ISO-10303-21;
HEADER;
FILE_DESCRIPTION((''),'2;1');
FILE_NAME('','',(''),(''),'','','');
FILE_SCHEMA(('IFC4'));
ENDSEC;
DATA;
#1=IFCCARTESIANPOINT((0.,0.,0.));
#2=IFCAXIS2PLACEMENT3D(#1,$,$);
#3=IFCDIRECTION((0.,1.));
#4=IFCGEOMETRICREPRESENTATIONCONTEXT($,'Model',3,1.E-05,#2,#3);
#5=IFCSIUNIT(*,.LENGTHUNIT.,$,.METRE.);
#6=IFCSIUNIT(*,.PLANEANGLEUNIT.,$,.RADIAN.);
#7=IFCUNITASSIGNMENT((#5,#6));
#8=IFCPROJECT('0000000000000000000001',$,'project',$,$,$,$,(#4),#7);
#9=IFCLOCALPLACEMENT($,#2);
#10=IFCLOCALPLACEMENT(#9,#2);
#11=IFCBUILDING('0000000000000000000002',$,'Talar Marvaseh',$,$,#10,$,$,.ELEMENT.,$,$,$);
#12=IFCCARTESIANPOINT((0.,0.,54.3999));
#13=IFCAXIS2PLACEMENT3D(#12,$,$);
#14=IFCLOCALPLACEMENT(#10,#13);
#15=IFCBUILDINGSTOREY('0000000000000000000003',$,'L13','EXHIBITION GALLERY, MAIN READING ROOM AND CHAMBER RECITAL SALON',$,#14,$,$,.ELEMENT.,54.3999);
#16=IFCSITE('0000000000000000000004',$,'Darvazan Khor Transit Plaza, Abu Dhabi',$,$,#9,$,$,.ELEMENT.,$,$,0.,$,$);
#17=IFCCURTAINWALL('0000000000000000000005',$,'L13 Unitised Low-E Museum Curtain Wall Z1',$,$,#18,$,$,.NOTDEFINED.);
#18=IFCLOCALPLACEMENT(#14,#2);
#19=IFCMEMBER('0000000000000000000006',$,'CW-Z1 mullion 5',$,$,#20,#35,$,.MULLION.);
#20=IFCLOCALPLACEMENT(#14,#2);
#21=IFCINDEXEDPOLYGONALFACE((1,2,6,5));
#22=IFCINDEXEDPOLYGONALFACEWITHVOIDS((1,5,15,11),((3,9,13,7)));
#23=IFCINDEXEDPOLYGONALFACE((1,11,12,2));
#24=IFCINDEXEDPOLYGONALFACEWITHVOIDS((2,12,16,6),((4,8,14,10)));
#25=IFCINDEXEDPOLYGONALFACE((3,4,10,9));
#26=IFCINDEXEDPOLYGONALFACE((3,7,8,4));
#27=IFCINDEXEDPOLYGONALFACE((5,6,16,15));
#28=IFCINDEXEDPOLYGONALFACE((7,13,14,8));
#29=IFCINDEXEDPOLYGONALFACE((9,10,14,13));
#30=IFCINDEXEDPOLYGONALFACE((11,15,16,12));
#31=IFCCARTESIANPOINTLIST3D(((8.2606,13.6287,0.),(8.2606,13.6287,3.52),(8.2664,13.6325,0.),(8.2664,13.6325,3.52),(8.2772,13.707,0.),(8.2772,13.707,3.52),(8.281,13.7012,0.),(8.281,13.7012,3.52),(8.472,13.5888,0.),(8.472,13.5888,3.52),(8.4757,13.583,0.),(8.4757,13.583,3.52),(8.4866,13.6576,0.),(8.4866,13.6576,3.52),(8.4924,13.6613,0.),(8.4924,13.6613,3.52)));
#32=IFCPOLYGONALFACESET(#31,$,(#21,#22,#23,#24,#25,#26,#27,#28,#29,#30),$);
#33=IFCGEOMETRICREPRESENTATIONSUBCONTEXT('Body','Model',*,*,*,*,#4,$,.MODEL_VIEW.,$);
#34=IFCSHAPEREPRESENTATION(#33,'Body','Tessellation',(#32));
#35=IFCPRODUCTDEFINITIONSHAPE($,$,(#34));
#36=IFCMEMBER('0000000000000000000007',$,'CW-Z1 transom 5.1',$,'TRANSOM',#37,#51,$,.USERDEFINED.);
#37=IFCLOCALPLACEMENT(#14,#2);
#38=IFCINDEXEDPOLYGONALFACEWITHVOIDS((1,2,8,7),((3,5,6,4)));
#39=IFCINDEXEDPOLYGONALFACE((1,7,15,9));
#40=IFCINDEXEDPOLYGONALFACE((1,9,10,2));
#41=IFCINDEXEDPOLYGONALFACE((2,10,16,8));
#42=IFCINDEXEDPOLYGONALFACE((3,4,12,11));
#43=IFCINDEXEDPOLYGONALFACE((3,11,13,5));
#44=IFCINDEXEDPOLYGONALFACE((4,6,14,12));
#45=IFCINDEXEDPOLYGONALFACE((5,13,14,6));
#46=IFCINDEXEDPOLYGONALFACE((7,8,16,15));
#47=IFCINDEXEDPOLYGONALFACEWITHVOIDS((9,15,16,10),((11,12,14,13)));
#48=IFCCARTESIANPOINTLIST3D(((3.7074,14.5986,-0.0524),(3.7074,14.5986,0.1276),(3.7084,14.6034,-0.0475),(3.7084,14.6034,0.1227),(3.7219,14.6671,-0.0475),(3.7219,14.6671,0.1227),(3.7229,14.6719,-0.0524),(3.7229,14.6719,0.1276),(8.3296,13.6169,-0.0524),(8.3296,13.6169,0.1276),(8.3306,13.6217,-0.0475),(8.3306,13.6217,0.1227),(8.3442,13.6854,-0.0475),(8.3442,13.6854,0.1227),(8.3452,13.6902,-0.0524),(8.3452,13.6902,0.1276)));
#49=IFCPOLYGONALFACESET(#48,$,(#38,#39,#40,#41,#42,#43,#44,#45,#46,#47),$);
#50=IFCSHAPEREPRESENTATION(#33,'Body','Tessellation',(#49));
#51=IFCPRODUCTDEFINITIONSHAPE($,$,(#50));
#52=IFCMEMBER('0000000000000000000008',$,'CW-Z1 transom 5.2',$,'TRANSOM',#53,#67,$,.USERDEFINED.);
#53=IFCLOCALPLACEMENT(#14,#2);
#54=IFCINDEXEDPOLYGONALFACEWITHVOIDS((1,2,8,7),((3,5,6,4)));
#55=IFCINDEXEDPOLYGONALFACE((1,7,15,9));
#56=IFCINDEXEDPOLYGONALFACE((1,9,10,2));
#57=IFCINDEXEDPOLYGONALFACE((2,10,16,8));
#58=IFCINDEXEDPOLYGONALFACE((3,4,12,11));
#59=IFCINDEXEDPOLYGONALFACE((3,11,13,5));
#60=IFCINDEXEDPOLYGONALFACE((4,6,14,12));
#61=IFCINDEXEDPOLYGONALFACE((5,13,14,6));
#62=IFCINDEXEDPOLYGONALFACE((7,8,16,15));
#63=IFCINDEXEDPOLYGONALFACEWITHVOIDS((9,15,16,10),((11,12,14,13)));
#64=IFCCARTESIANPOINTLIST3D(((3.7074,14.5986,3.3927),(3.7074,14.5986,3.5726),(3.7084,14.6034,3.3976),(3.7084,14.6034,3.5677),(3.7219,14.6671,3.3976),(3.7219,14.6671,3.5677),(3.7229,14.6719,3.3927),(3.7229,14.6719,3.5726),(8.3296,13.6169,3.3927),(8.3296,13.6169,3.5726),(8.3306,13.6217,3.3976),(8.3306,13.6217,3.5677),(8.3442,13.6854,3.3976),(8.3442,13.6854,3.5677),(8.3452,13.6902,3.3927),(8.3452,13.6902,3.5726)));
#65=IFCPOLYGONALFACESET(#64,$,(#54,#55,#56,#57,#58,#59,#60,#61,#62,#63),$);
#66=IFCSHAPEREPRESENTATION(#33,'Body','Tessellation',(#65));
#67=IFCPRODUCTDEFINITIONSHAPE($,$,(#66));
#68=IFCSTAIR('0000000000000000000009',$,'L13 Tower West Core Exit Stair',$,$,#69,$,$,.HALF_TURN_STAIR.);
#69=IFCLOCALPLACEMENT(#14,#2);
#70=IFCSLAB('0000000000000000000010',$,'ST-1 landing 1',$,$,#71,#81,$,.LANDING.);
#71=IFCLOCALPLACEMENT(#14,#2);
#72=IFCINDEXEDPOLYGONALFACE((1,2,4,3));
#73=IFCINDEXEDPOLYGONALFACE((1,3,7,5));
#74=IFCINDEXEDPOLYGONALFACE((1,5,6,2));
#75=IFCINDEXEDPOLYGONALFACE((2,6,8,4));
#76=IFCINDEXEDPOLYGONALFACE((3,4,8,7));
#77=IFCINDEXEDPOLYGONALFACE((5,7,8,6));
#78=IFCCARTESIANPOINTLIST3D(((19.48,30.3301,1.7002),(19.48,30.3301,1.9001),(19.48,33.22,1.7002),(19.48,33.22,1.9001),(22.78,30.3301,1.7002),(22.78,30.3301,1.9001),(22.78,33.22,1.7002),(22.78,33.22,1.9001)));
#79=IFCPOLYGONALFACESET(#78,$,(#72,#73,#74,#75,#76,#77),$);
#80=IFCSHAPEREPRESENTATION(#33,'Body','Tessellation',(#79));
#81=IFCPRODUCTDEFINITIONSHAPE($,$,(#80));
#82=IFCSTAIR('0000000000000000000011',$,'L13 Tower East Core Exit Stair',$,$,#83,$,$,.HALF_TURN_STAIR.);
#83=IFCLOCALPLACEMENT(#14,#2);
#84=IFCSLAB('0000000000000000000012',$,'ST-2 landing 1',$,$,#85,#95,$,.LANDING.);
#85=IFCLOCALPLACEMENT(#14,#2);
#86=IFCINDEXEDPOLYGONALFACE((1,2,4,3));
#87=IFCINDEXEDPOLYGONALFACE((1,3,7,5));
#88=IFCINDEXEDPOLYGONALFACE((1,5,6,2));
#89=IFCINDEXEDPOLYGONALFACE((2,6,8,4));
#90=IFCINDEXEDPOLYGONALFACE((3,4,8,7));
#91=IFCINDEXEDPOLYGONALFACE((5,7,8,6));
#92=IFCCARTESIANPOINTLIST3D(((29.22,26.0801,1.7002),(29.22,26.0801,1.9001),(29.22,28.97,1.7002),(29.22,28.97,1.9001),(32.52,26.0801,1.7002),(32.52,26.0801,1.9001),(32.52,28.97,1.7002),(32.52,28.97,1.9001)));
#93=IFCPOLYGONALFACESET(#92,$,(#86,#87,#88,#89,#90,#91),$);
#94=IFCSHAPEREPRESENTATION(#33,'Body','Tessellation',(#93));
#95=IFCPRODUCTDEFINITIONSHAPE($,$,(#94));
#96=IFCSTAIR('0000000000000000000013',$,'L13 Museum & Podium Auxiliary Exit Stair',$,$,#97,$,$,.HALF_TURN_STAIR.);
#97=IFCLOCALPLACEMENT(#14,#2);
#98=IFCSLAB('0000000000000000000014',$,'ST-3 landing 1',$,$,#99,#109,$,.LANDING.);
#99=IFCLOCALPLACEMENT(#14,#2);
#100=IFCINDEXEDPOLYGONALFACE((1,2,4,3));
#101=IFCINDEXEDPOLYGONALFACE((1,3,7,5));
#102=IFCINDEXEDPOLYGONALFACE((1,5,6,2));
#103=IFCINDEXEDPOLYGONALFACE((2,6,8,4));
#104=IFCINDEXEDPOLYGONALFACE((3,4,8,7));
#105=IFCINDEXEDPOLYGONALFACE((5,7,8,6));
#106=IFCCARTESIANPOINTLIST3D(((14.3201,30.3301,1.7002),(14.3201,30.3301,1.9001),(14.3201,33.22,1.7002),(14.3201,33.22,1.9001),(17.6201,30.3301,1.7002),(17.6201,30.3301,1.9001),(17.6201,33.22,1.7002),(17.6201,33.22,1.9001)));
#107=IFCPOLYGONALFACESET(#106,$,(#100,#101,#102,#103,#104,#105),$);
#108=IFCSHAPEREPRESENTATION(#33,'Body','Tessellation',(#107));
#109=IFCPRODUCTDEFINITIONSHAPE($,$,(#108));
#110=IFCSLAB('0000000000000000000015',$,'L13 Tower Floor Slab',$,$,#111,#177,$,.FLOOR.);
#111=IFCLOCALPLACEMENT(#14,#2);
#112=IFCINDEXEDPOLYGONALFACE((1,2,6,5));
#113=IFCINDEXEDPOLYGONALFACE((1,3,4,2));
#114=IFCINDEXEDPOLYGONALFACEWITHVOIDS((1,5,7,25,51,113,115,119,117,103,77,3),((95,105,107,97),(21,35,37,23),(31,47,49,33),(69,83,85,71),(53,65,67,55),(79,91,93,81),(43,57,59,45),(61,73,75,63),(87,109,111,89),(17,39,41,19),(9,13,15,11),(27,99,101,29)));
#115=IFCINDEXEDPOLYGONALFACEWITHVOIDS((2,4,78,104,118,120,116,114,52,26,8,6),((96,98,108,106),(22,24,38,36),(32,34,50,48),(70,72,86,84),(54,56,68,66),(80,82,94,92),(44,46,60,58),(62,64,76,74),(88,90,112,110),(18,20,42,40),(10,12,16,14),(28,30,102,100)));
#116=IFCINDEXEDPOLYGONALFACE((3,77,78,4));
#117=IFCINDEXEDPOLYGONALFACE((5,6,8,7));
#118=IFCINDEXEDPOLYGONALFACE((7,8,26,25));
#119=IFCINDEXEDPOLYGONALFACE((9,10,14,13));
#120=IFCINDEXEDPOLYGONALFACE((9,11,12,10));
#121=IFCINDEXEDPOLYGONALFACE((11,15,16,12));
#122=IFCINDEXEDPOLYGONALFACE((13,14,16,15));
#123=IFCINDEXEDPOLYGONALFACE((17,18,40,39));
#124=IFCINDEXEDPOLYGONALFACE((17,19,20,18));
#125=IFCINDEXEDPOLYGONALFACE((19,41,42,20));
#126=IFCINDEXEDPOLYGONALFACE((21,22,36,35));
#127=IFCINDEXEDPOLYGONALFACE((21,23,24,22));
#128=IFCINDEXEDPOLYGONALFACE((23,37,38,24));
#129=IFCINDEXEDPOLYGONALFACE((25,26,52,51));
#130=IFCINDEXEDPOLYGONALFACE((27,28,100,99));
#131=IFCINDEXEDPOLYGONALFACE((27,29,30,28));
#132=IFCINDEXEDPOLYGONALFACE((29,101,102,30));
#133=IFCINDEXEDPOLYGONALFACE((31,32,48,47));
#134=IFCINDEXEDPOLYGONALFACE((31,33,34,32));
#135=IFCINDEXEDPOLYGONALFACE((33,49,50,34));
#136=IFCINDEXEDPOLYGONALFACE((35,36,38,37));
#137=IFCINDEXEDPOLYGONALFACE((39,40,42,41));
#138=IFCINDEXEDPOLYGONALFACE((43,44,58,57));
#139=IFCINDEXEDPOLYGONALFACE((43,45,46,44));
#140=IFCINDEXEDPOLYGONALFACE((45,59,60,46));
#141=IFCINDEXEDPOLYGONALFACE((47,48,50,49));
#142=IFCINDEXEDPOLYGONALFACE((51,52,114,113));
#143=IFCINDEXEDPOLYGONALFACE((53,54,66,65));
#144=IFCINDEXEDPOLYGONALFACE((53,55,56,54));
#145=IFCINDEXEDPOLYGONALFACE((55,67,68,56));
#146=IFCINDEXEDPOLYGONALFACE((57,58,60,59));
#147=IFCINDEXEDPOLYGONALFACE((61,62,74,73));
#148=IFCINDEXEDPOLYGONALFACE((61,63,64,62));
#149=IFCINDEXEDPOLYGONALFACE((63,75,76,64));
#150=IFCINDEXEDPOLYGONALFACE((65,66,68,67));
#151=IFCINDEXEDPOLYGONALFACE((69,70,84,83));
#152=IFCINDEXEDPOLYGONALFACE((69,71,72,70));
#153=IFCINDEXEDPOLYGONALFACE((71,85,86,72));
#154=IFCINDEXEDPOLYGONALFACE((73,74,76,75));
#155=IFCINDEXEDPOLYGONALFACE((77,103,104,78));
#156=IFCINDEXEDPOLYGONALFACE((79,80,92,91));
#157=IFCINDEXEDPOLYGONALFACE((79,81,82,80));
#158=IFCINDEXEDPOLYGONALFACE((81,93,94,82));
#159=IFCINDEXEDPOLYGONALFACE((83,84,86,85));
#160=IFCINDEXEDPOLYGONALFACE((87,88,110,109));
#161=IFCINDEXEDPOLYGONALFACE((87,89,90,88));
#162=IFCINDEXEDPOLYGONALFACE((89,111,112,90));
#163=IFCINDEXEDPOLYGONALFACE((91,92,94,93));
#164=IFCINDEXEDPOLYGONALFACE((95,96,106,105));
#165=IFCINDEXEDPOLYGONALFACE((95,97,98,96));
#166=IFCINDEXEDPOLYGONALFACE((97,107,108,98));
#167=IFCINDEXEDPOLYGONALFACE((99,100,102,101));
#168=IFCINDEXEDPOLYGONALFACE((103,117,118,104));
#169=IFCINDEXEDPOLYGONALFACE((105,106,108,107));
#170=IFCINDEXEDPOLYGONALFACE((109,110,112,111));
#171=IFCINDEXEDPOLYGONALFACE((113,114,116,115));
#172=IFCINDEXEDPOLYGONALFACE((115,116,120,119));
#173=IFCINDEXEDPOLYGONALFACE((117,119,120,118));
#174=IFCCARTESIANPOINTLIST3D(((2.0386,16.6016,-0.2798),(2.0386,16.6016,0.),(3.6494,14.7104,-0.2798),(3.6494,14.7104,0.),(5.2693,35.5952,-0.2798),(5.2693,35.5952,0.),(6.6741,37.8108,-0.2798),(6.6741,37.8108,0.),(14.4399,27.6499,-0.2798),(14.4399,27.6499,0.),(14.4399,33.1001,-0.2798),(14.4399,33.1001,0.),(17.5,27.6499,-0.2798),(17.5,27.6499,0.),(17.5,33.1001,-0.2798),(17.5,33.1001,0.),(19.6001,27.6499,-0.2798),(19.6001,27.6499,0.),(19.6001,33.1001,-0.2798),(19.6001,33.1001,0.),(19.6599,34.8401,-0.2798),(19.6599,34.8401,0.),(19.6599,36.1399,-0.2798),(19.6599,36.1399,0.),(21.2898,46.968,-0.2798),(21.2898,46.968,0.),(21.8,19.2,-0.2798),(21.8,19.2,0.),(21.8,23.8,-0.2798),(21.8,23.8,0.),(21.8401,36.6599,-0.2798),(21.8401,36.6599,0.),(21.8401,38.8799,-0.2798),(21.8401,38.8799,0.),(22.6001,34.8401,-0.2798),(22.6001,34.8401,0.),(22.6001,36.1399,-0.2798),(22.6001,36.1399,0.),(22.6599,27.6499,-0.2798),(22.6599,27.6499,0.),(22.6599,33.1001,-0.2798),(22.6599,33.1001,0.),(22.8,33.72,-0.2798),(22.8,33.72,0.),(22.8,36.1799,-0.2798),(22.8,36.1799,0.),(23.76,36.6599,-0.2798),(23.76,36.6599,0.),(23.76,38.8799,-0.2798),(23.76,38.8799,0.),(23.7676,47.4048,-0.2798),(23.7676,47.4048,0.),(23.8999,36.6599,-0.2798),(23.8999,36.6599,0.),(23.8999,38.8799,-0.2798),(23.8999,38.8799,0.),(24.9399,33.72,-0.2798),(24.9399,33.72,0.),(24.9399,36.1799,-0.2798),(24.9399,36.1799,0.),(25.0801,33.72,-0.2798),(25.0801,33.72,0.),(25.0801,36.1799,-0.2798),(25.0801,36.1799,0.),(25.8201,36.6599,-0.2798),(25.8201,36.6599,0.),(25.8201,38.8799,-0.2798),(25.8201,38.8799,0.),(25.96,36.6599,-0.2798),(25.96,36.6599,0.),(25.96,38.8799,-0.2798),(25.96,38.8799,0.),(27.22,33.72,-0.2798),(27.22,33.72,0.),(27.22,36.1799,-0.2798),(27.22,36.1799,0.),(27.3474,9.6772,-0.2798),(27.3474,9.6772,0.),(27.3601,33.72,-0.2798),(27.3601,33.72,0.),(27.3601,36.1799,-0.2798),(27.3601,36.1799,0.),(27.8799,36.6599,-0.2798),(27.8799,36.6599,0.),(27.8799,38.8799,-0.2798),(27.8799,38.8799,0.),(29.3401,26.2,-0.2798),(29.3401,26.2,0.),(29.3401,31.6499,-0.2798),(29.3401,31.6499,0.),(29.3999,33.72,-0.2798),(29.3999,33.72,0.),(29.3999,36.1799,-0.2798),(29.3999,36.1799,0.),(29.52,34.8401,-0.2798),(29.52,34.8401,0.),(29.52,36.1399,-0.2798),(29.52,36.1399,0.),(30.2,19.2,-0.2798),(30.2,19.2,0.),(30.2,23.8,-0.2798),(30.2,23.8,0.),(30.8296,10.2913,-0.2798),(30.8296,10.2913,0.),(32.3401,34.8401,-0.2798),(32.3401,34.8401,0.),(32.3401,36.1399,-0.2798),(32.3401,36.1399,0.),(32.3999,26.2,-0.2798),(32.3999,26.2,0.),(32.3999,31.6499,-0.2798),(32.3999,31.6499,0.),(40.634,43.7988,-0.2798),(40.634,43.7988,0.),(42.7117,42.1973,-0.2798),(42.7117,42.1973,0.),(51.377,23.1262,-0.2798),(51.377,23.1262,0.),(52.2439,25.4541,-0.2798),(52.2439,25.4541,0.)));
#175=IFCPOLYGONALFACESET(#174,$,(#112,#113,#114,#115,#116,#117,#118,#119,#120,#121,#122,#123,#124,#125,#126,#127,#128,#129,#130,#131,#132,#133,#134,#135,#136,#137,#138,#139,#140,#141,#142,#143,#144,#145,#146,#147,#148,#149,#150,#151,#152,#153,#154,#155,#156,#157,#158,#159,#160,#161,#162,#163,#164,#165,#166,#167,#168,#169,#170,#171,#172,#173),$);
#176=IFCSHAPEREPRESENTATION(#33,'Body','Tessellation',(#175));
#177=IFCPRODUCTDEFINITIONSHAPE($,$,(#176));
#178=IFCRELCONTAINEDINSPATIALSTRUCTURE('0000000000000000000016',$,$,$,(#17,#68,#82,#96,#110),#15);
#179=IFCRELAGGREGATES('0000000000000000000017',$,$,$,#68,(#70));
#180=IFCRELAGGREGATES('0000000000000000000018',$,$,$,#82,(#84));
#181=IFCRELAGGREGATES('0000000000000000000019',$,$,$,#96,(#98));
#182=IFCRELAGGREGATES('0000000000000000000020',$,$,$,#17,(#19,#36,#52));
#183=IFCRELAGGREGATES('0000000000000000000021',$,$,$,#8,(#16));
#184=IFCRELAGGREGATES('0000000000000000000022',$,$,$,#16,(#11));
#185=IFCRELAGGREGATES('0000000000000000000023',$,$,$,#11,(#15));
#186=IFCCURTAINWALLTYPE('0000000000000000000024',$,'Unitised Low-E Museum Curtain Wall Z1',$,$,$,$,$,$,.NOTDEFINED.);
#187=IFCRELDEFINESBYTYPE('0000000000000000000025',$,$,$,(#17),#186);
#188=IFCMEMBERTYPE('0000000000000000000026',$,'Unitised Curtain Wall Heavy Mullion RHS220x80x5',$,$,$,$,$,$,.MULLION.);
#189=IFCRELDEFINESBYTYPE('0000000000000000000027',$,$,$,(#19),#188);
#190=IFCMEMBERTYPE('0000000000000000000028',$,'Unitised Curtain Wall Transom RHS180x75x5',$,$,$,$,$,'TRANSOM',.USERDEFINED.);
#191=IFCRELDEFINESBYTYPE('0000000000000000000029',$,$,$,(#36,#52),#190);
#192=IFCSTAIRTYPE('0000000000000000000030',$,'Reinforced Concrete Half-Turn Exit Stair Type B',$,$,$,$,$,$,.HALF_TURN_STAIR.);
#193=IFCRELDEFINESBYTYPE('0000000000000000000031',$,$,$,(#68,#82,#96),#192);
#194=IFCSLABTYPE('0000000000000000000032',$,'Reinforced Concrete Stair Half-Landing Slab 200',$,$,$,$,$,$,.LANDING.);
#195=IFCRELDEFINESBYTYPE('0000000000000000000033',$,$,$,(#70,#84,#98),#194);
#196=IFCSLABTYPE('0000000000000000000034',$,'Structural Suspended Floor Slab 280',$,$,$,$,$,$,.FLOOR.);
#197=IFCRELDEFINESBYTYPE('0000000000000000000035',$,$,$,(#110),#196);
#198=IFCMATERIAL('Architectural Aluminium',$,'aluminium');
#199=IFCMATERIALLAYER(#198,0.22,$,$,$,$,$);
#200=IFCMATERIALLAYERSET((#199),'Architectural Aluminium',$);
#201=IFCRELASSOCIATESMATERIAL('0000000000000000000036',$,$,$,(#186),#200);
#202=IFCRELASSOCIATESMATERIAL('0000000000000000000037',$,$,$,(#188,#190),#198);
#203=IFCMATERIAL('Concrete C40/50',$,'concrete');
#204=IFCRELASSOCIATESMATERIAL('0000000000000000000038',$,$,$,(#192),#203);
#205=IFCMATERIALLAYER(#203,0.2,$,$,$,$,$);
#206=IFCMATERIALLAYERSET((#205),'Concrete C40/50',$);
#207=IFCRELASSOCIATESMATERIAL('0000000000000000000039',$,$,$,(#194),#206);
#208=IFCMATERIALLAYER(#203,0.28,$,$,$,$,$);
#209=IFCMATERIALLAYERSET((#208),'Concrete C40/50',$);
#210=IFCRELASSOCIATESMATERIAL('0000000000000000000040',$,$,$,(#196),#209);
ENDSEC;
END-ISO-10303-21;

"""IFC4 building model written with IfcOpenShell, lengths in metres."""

from ifc_helpers import new_model, si_unit, direction, frame, origin, origin_2d, place, context, subcontext, project, spatial, polyline, hollow_rectangle, outline, extrude, source, transform, mapped, material, layer, layer_set, material_profile, profile_set, type_object, type_shapes, element, aggregate, save


model = new_model("IFC4")

# Units and contexts
model_context = context("Model", 3, precision=1e-05, world=origin(), true_north=direction((0.0, 1.0)))
body_context = subcontext(model_context, "Body", "Model", "MODEL_VIEW")
ifc_project = project(units=[si_unit("LENGTHUNIT", "METRE"), si_unit("PLANEANGLEUNIT", "RADIAN")], contexts=[model_context])

# Site, building, storey
site_placement = place(None, origin())
site = spatial("IfcSite", under=ifc_project, at=site_placement, Name="Darvazan Khor Transit Plaza, Abu Dhabi", CompositionType="ELEMENT", RefElevation=0.0)
building_placement = place(site_placement, origin())
building = spatial("IfcBuilding", under=site, at=building_placement, Name="Talar Marvaseh", CompositionType="ELEMENT")
storey_placement = place(building_placement, frame((0.0, 0.0, 54.3999)))
storey = spatial("IfcBuildingStorey", under=building, at=storey_placement, Name="L13", Description="EXHIBITION GALLERY, MAIN READING ROOM AND CHAMBER RECITAL SALON", CompositionType="ELEMENT", Elevation=54.3999)

# Curtain wall, members
ifc_material_1 = material(Name="Architectural Aluminium", Category="aluminium")
ifc_layer_1 = layer(ifc_material_1, 0.22)
ifc_layer_set_1 = layer_set([ifc_layer_1], Name="Architectural Aluminium")
curtain_wall_type = type_object("IfcCurtainWallType", Name="Unitised Low-E Museum Curtain Wall Z1", PredefinedType="NOTDEFINED", material=ifc_layer_set_1)
curtain_wall_placement = place(storey_placement, origin())
curtain_wall = element("IfcCurtainWall", 1, at=curtain_wall_placement, inside=storey, type_object=curtain_wall_type, Name="L13 Unitised Low-E Museum Curtain Wall Z1", PredefinedType="NOTDEFINED")
ifc_material_profile_1 = material_profile(ifc_material_1, hollow_rectangle(XDim=0.0801, YDim=0.22, WallThickness=0.0049, at=origin_2d()), Name="RHS220x80x5")
ifc_profile_set_1 = profile_set([ifc_material_profile_1], Name="Architectural Aluminium")
member_type_1 = type_object("IfcMemberType", Name="Unitised Curtain Wall Heavy Mullion RHS220x80x5", PredefinedType="MULLION", material=ifc_profile_set_1)
shared_shape_1 = source(origin(), body_context, "Body", "SweptSolid", [
    extrude(hollow_rectangle(XDim=0.0801, YDim=0.22, WallThickness=0.0049, at=origin_2d()), origin(), (0.0, 0.0, 1.0), 3.52),
])
type_shapes(member_type_1, [shared_shape_1])
member_1_placement = place(storey_placement, frame((8.3765, 13.645, 0.0), z_axis=(0.0, 0.0, 1.0), x_axis=(-0.207758, -0.97818, 0.0)))
member_1 = element("IfcMember", 2, at=member_1_placement, type_object=member_type_1, Name="CW-Z1 mullion 5", PredefinedType="MULLION", context=body_context, shape_type="MappedRepresentation", body=[
    mapped(shared_shape_1, transform((0.0, 0.0, 0.0), x_axis=(1.0, 0.0, 0.0), y_axis=(0.0, 1.0, 0.0), z_axis=(0.0, 0.0, 1.0), scale=1.0)),
])
ifc_material_profile_2 = material_profile(ifc_material_1, hollow_rectangle(XDim=0.075, YDim=0.1799, WallThickness=0.0049, at=origin_2d()), Name="RHS180x75x5")
ifc_profile_set_2 = profile_set([ifc_material_profile_2], Name="Architectural Aluminium")
member_type_2 = type_object("IfcMemberType", Name="Unitised Curtain Wall Transom RHS180x75x5", ElementType="TRANSOM", PredefinedType="USERDEFINED", material=ifc_profile_set_2)
shared_shape_2 = source(origin(), body_context, "Body", "SweptSolid", [
    extrude(hollow_rectangle(XDim=0.075, YDim=0.1799, WallThickness=0.0049, at=origin_2d()), origin(), (0.0, 0.0, 1.0), 4.7253),
])
type_shapes(member_type_2, [shared_shape_2])
member_2_placement = place(storey_placement, frame((8.3374, 13.6536, 0.0376), z_axis=(-0.978183, 0.207747, 0.0), x_axis=(-0.207747, -0.978183, 0.0)))
member_2 = element("IfcMember", 3, at=member_2_placement, type_object=member_type_2, Name="CW-Z1 transom 5.1", ObjectType="TRANSOM", PredefinedType="USERDEFINED", context=body_context, shape_type="MappedRepresentation", body=[
    mapped(shared_shape_2, transform((0.0, 0.0, 0.0), x_axis=(1.0, 0.0, 0.0), y_axis=(0.0, 1.0, 0.0), z_axis=(0.0, 0.0, 1.0), scale=1.0)),
])
member_3_placement = place(storey_placement, frame((8.3374, 13.6536, 3.4827), z_axis=(-0.978183, 0.207747, 0.0), x_axis=(-0.207747, -0.978183, 0.0)))
member_3 = element("IfcMember", 4, at=member_3_placement, type_object=member_type_2, Name="CW-Z1 transom 5.2", ObjectType="TRANSOM", PredefinedType="USERDEFINED", context=body_context, shape_type="MappedRepresentation", body=[
    mapped(shared_shape_2, transform((0.0, 0.0, 0.0), x_axis=(1.0, 0.0, 0.0), y_axis=(0.0, 1.0, 0.0), z_axis=(0.0, 0.0, 1.0), scale=1.0)),
])

# Stairs, slabs
ifc_material_2 = material(Name="Concrete C40/50", Category="concrete")
stair_type = type_object("IfcStairType", Name="Reinforced Concrete Half-Turn Exit Stair Type B", PredefinedType="HALF_TURN_STAIR", material=ifc_material_2)
stair_1_placement = place(storey_placement, origin())
stair_1 = element("IfcStair", 5, at=stair_1_placement, inside=storey, type_object=stair_type, Name="L13 Tower West Core Exit Stair", PredefinedType="HALF_TURN_STAIR")
ifc_layer_2 = layer(ifc_material_2, 0.2)
ifc_layer_set_2 = layer_set([ifc_layer_2], Name="Concrete C40/50")
slab_type_1 = type_object("IfcSlabType", Name="Reinforced Concrete Stair Half-Landing Slab 200", PredefinedType="LANDING", material=ifc_layer_set_2)
slab_1_placement = place(storey_placement, frame((0.0, 0.0, 1.7002)))
slab_1 = element("IfcSlab", 6, at=slab_1_placement, type_object=slab_type_1, Name="ST-1 landing 1", PredefinedType="LANDING", context=body_context, shape_type="SweptSolid", body=[
    extrude(outline(polyline([(22.78, 30.3301), (22.78, 33.22), (19.48, 33.22), (19.48, 30.3301), (22.78, 30.3301)])), origin(), (0.0, 0.0, 1.0), 0.2),
])
aggregate(stair_1, [slab_1])
stair_2_placement = place(storey_placement, origin())
stair_2 = element("IfcStair", 7, at=stair_2_placement, inside=storey, type_object=stair_type, Name="L13 Tower East Core Exit Stair", PredefinedType="HALF_TURN_STAIR")
slab_2_placement = place(storey_placement, frame((0.0, 0.0, 1.7002)))
slab_2 = element("IfcSlab", 8, at=slab_2_placement, type_object=slab_type_1, Name="ST-2 landing 1", PredefinedType="LANDING", context=body_context, shape_type="SweptSolid", body=[
    extrude(outline(polyline([(29.22, 28.97), (29.22, 26.0801), (32.52, 26.0801), (32.52, 28.97), (29.22, 28.97)])), origin(), (0.0, 0.0, 1.0), 0.2),
])
aggregate(stair_2, [slab_2])
stair_3_placement = place(storey_placement, origin())
stair_3 = element("IfcStair", 9, at=stair_3_placement, inside=storey, type_object=stair_type, Name="L13 Museum & Podium Auxiliary Exit Stair", PredefinedType="HALF_TURN_STAIR")
slab_3_placement = place(storey_placement, frame((0.0, 0.0, 1.7002)))
slab_3 = element("IfcSlab", 10, at=slab_3_placement, type_object=slab_type_1, Name="ST-3 landing 1", PredefinedType="LANDING", context=body_context, shape_type="SweptSolid", body=[
    extrude(outline(polyline([(17.6201, 30.3301), (17.6201, 33.22), (14.3201, 33.22), (14.3201, 30.3301), (17.6201, 30.3301)])), origin(), (0.0, 0.0, 1.0), 0.2),
])
aggregate(stair_3, [slab_3])

# Slab
ifc_layer_3 = layer(ifc_material_2, 0.28)
ifc_layer_set_3 = layer_set([ifc_layer_3], Name="Concrete C40/50")
slab_type_2 = type_object("IfcSlabType", Name="Structural Suspended Floor Slab 280", PredefinedType="FLOOR", material=ifc_layer_set_3)
slab_4_placement = place(storey_placement, frame((0.0, 0.0, -0.2798)))
element("IfcSlab", 11, at=slab_4_placement, inside=storey, type_object=slab_type_2, Name="L13 Tower Floor Slab", PredefinedType="FLOOR", context=body_context, shape_type="SweptSolid", body=[
    extrude(outline(polyline([(3.6494, 14.7104), (2.0386, 16.6016), (5.2693, 35.5952), (6.6741, 37.8108), (21.2898, 46.968), (23.7676, 47.4048), (40.634, 43.7988), (42.7117, 42.1973), (52.2439, 25.4541), (51.377, 23.1262), (30.8296, 10.2913), (27.3474, 9.6772), (3.6494, 14.7104)]), holes=[polyline([(22.6599, 27.6499), (22.6599, 33.1001), (19.6001, 33.1001), (19.6001, 27.6499), (22.6599, 27.6499)]), polyline([(29.3401, 31.6499), (29.3401, 26.2), (32.3999, 26.2), (32.3999, 31.6499), (29.3401, 31.6499)]), polyline([(17.5, 27.6499), (17.5, 33.1001), (14.4399, 33.1001), (14.4399, 27.6499), (17.5, 27.6499)]), polyline([(22.8, 33.72), (24.9399, 33.72), (24.9399, 36.1799), (22.8, 36.1799), (22.8, 33.72)]), polyline([(25.0801, 33.72), (27.22, 33.72), (27.22, 36.1799), (25.0801, 36.1799), (25.0801, 33.72)]), polyline([(27.3601, 33.72), (29.3999, 33.72), (29.3999, 36.1799), (27.3601, 36.1799), (27.3601, 33.72)]), polyline([(21.8401, 36.6599), (23.76, 36.6599), (23.76, 38.8799), (21.8401, 38.8799), (21.8401, 36.6599)]), polyline([(23.8999, 36.6599), (25.8201, 36.6599), (25.8201, 38.8799), (23.8999, 38.8799), (23.8999, 36.6599)]), polyline([(25.96, 36.6599), (27.8799, 36.6599), (27.8799, 38.8799), (25.96, 38.8799), (25.96, 36.6599)]), polyline([(19.6599, 34.8401), (22.6001, 34.8401), (22.6001, 36.1399), (19.6599, 36.1399), (19.6599, 34.8401)]), polyline([(29.52, 34.8401), (32.3401, 34.8401), (32.3401, 36.1399), (29.52, 36.1399), (29.52, 34.8401)]), polyline([(21.8, 19.2), (30.2, 19.2), (30.2, 23.8), (21.8, 23.8), (21.8, 19.2)])]), origin(), (0.0, 0.0, 1.0), 0.2798),
])

aggregate(curtain_wall, [member_1, member_2, member_3])

save(model, "model.ifc")
